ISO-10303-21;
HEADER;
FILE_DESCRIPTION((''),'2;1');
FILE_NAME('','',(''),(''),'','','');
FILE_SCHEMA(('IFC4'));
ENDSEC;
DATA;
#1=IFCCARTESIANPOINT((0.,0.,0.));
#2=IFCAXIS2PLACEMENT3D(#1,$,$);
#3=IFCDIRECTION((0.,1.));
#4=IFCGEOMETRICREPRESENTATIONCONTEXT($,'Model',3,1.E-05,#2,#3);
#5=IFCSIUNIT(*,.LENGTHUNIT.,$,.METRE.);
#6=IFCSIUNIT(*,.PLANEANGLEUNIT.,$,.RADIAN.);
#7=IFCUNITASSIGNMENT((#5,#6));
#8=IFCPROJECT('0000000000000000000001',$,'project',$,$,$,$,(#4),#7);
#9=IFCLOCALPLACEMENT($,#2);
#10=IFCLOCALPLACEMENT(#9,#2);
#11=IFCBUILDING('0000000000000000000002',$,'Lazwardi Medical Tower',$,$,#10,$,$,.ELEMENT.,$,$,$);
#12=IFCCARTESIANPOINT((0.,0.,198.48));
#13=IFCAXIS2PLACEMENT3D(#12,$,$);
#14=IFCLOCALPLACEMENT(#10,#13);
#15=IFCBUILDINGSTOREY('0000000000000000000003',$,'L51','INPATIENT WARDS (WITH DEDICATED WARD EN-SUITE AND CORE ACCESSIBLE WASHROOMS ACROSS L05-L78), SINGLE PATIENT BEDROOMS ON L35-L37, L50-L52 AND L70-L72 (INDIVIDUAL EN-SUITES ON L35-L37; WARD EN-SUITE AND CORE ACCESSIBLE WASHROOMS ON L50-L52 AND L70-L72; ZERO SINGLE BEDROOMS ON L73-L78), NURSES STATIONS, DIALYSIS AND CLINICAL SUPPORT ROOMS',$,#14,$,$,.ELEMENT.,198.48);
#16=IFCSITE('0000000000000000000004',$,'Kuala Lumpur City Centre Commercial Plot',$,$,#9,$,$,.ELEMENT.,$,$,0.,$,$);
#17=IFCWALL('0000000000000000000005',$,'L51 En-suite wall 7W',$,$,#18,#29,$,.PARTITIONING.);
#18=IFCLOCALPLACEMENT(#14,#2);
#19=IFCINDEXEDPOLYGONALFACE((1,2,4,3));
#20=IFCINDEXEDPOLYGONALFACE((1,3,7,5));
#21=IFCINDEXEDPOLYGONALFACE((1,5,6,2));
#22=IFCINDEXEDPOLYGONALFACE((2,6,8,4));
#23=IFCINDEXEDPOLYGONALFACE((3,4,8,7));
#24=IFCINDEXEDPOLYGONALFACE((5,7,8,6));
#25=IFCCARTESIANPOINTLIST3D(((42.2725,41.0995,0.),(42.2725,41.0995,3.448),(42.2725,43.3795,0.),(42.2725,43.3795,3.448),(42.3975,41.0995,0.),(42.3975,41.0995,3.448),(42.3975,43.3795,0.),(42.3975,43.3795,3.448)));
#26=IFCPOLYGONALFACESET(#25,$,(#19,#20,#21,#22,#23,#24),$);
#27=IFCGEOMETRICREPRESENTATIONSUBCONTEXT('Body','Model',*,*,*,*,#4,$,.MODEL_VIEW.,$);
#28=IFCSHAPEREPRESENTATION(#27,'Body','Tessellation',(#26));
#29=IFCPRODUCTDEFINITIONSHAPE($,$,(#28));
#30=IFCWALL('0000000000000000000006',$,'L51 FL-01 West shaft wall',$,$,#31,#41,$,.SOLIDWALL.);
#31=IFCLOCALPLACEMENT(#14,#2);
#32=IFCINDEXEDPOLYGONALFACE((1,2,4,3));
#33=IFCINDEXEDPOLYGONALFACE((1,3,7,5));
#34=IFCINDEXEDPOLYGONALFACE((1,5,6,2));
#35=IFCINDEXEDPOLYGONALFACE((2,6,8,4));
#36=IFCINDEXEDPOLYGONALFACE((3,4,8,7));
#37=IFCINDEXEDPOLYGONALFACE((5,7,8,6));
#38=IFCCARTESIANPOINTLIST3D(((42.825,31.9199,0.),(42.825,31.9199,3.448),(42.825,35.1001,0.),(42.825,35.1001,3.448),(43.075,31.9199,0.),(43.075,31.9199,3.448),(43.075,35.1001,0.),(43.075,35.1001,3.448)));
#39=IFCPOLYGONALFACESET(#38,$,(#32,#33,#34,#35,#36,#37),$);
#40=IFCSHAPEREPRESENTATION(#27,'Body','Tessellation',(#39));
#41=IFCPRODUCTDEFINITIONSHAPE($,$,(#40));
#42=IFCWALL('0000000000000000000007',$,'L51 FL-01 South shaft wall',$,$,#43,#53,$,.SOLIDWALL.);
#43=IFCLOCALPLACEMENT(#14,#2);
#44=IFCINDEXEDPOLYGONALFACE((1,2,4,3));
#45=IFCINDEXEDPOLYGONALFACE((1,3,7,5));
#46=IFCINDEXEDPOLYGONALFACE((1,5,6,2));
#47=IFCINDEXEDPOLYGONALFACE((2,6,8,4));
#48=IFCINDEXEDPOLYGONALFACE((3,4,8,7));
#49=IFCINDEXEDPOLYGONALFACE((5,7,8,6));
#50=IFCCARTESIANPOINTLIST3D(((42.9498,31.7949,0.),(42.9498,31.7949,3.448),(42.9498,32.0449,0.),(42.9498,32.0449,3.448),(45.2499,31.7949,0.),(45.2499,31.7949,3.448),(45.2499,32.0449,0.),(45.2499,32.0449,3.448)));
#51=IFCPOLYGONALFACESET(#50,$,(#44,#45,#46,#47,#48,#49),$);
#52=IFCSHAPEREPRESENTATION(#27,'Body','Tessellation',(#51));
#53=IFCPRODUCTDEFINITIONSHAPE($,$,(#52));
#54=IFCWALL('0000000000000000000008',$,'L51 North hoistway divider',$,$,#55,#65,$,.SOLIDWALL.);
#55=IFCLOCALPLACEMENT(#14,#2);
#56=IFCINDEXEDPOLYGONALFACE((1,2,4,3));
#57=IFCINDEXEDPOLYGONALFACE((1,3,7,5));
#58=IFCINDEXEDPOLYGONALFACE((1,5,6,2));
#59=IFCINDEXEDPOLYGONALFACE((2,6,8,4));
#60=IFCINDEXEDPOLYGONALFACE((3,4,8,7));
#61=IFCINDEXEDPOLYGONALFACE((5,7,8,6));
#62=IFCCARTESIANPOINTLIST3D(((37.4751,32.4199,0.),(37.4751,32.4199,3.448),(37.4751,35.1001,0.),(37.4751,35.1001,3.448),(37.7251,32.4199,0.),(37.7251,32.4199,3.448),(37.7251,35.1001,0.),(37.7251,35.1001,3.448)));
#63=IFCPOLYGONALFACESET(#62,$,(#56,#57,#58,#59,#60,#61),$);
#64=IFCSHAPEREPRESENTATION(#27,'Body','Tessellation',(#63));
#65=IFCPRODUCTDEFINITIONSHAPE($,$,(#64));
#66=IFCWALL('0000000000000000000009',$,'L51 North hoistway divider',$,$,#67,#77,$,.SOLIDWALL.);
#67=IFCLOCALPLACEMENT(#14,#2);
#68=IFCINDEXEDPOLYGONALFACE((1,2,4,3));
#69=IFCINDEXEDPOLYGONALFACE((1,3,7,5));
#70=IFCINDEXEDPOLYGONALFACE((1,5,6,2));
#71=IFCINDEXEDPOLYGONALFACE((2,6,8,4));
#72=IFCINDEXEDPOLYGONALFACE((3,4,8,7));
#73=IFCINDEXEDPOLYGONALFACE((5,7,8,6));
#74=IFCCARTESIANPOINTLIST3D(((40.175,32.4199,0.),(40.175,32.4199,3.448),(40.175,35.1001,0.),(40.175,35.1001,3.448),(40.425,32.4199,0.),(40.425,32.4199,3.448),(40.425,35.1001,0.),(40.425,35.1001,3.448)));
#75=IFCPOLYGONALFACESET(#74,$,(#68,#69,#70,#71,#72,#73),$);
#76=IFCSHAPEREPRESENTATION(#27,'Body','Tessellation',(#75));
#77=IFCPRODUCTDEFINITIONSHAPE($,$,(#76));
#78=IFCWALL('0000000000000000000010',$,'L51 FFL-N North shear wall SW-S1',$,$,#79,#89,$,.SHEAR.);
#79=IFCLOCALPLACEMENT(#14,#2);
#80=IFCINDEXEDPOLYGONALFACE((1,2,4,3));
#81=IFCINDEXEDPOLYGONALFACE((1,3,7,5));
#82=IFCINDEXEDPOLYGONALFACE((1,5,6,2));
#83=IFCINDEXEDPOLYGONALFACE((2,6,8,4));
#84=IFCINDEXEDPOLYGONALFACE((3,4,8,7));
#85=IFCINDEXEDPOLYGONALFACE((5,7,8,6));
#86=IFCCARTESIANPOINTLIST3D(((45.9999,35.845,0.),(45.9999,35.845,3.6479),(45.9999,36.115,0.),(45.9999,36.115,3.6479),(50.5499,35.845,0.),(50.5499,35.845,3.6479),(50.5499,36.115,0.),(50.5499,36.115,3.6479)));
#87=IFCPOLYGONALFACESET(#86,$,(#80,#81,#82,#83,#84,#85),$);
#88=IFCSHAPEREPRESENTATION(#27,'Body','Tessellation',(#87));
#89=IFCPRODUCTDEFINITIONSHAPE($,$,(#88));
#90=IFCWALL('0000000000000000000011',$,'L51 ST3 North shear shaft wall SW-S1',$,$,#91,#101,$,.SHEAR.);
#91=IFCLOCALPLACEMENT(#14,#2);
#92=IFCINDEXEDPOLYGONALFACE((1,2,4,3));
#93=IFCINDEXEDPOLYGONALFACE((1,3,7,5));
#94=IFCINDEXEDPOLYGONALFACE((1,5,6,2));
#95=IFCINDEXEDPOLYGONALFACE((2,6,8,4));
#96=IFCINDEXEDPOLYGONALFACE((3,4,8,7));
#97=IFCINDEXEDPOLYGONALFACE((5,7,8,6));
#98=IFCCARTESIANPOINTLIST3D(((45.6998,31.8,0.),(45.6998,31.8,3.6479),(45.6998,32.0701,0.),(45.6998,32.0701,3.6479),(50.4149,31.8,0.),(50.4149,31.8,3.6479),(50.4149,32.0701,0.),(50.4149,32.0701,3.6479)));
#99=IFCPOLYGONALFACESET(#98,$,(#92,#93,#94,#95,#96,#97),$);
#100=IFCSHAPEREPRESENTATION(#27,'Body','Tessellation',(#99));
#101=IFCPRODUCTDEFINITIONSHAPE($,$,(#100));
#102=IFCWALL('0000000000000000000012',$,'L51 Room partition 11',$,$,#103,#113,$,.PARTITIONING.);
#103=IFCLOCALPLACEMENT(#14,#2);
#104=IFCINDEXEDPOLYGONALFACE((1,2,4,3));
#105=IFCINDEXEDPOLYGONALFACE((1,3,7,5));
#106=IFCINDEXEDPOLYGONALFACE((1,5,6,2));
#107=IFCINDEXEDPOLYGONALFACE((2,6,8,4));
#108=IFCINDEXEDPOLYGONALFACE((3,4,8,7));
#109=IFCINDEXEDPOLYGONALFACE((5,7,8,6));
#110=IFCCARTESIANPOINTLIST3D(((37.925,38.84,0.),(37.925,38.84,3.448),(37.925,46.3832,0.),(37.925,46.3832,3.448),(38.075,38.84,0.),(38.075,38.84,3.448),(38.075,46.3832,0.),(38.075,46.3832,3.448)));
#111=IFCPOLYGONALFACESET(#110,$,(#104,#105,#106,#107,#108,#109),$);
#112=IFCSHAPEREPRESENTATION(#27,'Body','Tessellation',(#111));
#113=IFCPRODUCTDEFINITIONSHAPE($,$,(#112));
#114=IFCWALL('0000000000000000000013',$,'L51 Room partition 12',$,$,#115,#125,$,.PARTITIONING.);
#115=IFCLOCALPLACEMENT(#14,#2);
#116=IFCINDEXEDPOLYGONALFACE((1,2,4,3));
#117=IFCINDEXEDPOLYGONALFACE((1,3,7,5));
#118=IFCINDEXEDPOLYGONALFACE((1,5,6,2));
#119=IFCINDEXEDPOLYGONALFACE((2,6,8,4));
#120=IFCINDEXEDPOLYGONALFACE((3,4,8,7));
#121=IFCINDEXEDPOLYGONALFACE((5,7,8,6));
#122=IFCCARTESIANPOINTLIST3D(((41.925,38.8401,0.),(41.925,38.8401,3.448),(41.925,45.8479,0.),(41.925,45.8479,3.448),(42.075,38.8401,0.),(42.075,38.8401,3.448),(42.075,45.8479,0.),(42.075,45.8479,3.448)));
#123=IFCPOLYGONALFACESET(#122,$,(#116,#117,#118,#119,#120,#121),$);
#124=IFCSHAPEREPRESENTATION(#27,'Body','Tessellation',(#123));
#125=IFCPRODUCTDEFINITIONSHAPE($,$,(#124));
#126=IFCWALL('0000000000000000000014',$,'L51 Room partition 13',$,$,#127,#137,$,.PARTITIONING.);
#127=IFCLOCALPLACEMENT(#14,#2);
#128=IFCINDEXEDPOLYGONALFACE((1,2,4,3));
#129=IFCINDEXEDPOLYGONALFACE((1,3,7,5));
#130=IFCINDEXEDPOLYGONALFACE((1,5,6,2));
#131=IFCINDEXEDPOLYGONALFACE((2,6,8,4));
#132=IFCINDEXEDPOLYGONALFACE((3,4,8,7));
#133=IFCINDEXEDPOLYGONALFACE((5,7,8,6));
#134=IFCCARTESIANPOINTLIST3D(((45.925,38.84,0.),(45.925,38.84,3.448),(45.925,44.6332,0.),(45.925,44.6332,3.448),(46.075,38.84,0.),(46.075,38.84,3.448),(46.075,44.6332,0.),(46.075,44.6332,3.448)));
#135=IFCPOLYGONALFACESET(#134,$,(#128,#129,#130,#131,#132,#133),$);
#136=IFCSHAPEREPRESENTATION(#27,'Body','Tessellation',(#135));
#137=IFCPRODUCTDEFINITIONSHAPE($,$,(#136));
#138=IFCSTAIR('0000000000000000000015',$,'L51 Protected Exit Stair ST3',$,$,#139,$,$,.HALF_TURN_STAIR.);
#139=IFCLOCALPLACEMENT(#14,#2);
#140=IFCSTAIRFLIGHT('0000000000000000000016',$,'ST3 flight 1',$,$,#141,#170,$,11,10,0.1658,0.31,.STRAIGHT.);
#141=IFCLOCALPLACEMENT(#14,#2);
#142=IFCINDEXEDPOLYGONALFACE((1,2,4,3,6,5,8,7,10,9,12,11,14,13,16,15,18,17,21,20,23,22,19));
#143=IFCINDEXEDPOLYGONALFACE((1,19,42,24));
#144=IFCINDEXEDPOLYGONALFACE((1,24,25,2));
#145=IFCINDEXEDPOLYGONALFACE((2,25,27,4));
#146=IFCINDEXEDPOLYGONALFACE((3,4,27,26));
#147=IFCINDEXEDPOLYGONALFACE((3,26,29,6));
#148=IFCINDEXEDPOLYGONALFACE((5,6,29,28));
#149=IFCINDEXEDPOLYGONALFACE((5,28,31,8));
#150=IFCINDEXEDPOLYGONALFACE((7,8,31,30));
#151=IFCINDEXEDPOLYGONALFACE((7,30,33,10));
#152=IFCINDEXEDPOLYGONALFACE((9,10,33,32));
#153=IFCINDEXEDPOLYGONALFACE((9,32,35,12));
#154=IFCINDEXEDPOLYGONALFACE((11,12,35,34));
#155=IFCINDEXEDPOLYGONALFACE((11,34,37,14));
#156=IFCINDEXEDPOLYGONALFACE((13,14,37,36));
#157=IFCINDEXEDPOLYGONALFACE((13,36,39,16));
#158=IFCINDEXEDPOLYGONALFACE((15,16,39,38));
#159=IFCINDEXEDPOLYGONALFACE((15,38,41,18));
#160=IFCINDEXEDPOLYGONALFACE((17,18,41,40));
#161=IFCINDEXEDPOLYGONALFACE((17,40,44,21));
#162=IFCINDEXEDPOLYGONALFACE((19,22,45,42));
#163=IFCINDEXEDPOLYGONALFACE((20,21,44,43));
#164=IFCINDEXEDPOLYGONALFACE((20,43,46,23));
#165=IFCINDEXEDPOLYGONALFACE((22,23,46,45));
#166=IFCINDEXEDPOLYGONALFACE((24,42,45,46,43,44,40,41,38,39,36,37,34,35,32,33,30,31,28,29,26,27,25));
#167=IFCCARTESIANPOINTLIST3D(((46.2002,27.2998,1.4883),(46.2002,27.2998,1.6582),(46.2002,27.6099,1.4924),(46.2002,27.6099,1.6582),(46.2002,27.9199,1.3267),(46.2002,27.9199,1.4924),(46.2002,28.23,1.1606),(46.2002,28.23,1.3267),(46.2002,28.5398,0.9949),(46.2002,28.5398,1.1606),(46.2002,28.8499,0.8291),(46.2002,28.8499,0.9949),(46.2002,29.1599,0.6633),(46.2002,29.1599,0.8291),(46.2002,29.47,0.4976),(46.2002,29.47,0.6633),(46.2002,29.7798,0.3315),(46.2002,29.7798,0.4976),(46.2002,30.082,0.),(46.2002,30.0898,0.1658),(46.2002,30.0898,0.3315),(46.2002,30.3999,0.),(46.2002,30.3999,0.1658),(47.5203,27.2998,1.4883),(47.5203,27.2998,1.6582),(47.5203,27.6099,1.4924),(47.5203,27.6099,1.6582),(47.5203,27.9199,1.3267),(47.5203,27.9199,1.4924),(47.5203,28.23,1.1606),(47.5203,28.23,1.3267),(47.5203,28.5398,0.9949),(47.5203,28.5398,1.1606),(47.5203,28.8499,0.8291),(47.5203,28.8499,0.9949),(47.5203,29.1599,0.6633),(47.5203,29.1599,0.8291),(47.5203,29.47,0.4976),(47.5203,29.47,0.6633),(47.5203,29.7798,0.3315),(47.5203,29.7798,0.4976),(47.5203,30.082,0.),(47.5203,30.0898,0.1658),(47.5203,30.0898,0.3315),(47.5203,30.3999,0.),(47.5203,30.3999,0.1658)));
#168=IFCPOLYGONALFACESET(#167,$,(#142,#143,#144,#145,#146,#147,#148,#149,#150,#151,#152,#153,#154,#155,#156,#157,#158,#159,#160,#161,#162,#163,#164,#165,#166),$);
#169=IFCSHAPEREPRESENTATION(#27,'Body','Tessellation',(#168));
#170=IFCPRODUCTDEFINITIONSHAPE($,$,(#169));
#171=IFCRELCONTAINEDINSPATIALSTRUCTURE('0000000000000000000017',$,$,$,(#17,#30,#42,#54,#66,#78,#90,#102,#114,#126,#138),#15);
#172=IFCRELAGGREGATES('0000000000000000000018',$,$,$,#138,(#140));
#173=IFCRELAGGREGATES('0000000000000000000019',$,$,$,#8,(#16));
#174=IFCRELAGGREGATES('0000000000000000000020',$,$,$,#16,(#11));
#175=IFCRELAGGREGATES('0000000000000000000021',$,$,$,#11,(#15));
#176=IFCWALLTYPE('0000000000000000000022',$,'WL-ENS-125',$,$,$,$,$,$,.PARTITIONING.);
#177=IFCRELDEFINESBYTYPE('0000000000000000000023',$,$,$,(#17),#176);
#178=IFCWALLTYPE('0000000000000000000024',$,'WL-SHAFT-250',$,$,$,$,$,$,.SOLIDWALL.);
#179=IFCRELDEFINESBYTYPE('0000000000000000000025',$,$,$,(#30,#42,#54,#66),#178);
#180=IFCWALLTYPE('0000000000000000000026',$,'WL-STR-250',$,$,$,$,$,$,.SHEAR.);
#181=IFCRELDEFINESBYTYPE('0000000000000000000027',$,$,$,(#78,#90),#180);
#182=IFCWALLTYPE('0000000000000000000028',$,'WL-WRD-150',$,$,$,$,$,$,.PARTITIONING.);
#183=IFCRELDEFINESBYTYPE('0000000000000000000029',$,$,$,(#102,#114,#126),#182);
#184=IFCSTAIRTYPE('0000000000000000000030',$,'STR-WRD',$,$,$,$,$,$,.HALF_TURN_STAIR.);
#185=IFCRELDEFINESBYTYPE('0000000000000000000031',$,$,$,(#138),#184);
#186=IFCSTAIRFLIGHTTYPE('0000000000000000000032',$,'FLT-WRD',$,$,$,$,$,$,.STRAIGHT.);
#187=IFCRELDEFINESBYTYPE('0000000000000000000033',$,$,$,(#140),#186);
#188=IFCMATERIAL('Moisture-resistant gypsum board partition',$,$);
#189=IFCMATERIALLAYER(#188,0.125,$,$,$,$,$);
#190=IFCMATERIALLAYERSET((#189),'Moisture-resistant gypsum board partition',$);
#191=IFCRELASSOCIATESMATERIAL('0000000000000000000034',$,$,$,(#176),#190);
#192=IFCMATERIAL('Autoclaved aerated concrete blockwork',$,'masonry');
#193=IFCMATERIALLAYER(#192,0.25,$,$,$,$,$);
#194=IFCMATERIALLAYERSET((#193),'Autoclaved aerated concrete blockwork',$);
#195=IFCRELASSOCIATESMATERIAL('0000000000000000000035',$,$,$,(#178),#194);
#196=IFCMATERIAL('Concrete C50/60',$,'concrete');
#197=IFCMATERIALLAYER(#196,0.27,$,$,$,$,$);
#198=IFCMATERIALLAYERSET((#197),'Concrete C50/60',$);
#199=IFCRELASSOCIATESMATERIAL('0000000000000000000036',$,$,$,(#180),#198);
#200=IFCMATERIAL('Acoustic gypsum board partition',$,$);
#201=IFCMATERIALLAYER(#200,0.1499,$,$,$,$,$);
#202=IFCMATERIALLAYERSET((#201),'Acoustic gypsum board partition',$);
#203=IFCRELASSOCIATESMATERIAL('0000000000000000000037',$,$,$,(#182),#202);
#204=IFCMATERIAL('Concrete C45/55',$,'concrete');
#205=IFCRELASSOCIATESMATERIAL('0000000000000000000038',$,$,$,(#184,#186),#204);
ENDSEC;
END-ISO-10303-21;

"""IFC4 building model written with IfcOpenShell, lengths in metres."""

from ifc_helpers import new_model, si_unit, direction, frame, frame_2d, origin, place, context, subcontext, project, spatial, polyline, rectangle, outline, extrude, material, layer, layer_set, type_object, element, aggregate, save


model = new_model("IFC4")

# Units and contexts
model_context = context("Model", 3, precision=1e-05, world=origin(), true_north=direction((0.0, 1.0)))
body_context = subcontext(model_context, "Body", "Model", "MODEL_VIEW")
ifc_project = project(units=[si_unit("LENGTHUNIT", "METRE"), si_unit("PLANEANGLEUNIT", "RADIAN")], contexts=[model_context])

# Site, building, storey
site_placement = place(None, origin())
site = spatial("IfcSite", under=ifc_project, at=site_placement, Name="Kuala Lumpur City Centre Commercial Plot", CompositionType="ELEMENT", RefElevation=0.0)
building_placement = place(site_placement, origin())
building = spatial("IfcBuilding", under=site, at=building_placement, Name="Lazwardi Medical Tower", CompositionType="ELEMENT")
storey_placement = place(building_placement, frame((0.0, 0.0, 198.48)))
storey = spatial("IfcBuildingStorey", under=building, at=storey_placement, Name="L51", Description="INPATIENT WARDS (WITH DEDICATED WARD EN-SUITE AND CORE ACCESSIBLE WASHROOMS ACROSS L05-L78), SINGLE PATIENT BEDROOMS ON L35-L37, L50-L52 AND L70-L72 (INDIVIDUAL EN-SUITES ON L35-L37; WARD EN-SUITE AND CORE ACCESSIBLE WASHROOMS ON L50-L52 AND L70-L72; ZERO SINGLE BEDROOMS ON L73-L78), NURSES STATIONS, DIALYSIS AND CLINICAL SUPPORT ROOMS", CompositionType="ELEMENT", Elevation=198.48)

# Walls
ifc_material_1 = material(Name="Moisture-resistant gypsum board partition")
ifc_layer_1 = layer(ifc_material_1, 0.125)
ifc_layer_set_1 = layer_set([ifc_layer_1], Name="Moisture-resistant gypsum board partition")
wall_type_1 = type_object("IfcWallType", Name="WL-ENS-125", PredefinedType="PARTITIONING", material=ifc_layer_set_1)
for number, where, z_axis, x_axis, name in (
    (1, (42.335, 41.0994, 0.0), (0.0, 0.0, 1.0), (0.0, 1.0, 0.0), "L51 En-suite wall 7W"),
):
    element("IfcWall", number, at=place(storey_placement, frame(where, z_axis=z_axis, x_axis=x_axis)), inside=storey, type_object=wall_type_1, Name=name, PredefinedType="PARTITIONING", context=body_context, shape_type="SweptSolid", body=[
        extrude(rectangle(XDim=2.28, YDim=0.125, at=frame_2d((1.1401, 0.0))), origin(), (0.0, 0.0, 1.0), 3.448),
    ])
ifc_material_2 = material(Name="Autoclaved aerated concrete blockwork", Category="masonry")
ifc_layer_2 = layer(ifc_material_2, 0.25)
ifc_layer_set_2 = layer_set([ifc_layer_2], Name="Autoclaved aerated concrete blockwork")
wall_type_2 = type_object("IfcWallType", Name="WL-SHAFT-250", PredefinedType="SOLIDWALL", material=ifc_layer_set_2)
wall_1_placement = place(storey_placement, frame((42.95, 31.9199, 0.0), z_axis=(0.0, 0.0, 1.0), x_axis=(0.0, 1.0, 0.0)))
element("IfcWall", 2, at=wall_1_placement, inside=storey, type_object=wall_type_2, Name="L51 FL-01 West shaft wall", PredefinedType="SOLIDWALL", context=body_context, shape_type="SweptSolid", body=[
    extrude(rectangle(XDim=3.1802, YDim=0.25, at=frame_2d((1.5901, 0.0))), origin(), (0.0, 0.0, 1.0), 3.448),
])
wall_2_placement = place(storey_placement, frame((42.95, 31.9199, 0.0), z_axis=(0.0, 0.0, 1.0), x_axis=(1.0, 0.0, 0.0)))
element("IfcWall", 3, at=wall_2_placement, inside=storey, type_object=wall_type_2, Name="L51 FL-01 South shaft wall", PredefinedType="SOLIDWALL", context=body_context, shape_type="SweptSolid", body=[
    extrude(rectangle(XDim=2.3, YDim=0.25, at=frame_2d((1.1499, 0.0))), origin(), (0.0, 0.0, 1.0), 3.448),
])
for number, where, z_axis, x_axis, name in (
    (4, (37.6001, 32.4199, 0.0), (0.0, 0.0, 1.0), (0.0, 1.0, 0.0), "L51 North hoistway divider"),
    (5, (40.3, 32.4199, 0.0), (0.0, 0.0, 1.0), (0.0, 1.0, 0.0), "L51 North hoistway divider"),
):
    element("IfcWall", number, at=place(storey_placement, frame(where, z_axis=z_axis, x_axis=x_axis)), inside=storey, type_object=wall_type_2, Name=name, PredefinedType="SOLIDWALL", context=body_context, shape_type="SweptSolid", body=[
        extrude(rectangle(XDim=2.6802, YDim=0.25, at=frame_2d((1.3401, 0.0))), origin(), (0.0, 0.0, 1.0), 3.448),
    ])
ifc_material_3 = material(Name="Concrete C50/60", Category="concrete")
ifc_layer_3 = layer(ifc_material_3, 0.27)
ifc_layer_set_3 = layer_set([ifc_layer_3], Name="Concrete C50/60")
wall_type_3 = type_object("IfcWallType", Name="WL-STR-250", PredefinedType="SHEAR", material=ifc_layer_set_3)
wall_3_placement = place(storey_placement, frame((46.0, 35.98, 0.0), z_axis=(0.0, 0.0, 1.0), x_axis=(1.0, 0.0, 0.0)))
element("IfcWall", 6, at=wall_3_placement, inside=storey, type_object=wall_type_3, Name="L51 FFL-N North shear wall SW-S1", PredefinedType="SHEAR", context=body_context, shape_type="SweptSolid", body=[
    extrude(rectangle(XDim=4.55, YDim=0.27, at=frame_2d((2.2749, 0.0))), origin(), (0.0, 0.0, 1.0), 3.6479),
])
wall_4_placement = place(storey_placement, frame((45.7, 31.9351, 0.0), z_axis=(0.0, 0.0, 1.0), x_axis=(1.0, 0.0, 0.0)))
element("IfcWall", 7, at=wall_4_placement, inside=storey, type_object=wall_type_3, Name="L51 ST3 North shear shaft wall SW-S1", PredefinedType="SHEAR", context=body_context, shape_type="SweptSolid", body=[
    extrude(rectangle(XDim=4.7151, YDim=0.27, at=frame_2d((2.3574, 0.0))), origin(), (0.0, 0.0, 1.0), 3.6479),
])
ifc_material_4 = material(Name="Acoustic gypsum board partition")
ifc_layer_4 = layer(ifc_material_4, 0.1499)
ifc_layer_set_4 = layer_set([ifc_layer_4], Name="Acoustic gypsum board partition")
wall_type_4 = type_object("IfcWallType", Name="WL-WRD-150", PredefinedType="PARTITIONING", material=ifc_layer_set_4)
wall_5_placement = place(storey_placement, frame((38.0, 38.8401, 0.0), z_axis=(0.0, 0.0, 1.0), x_axis=(0.0, 1.0, 0.0)))
element("IfcWall", 8, at=wall_5_placement, inside=storey, type_object=wall_type_4, Name="L51 Room partition 11", PredefinedType="PARTITIONING", context=body_context, shape_type="SweptSolid", body=[
    extrude(rectangle(XDim=7.5432, YDim=0.1499, at=frame_2d((3.7715, 0.0))), origin(), (0.0, 0.0, 1.0), 3.448),
])
wall_6_placement = place(storey_placement, frame((42.0, 38.8401, 0.0), z_axis=(0.0, 0.0, 1.0), x_axis=(0.0, 1.0, 0.0)))
element("IfcWall", 9, at=wall_6_placement, inside=storey, type_object=wall_type_4, Name="L51 Room partition 12", PredefinedType="PARTITIONING", context=body_context, shape_type="SweptSolid", body=[
    extrude(rectangle(XDim=7.0078, YDim=0.1499, at=frame_2d((3.5039, 0.0))), origin(), (0.0, 0.0, 1.0), 3.448),
])
wall_7_placement = place(storey_placement, frame((46.0, 38.8401, 0.0), z_axis=(0.0, 0.0, 1.0), x_axis=(0.0, 1.0, 0.0)))
element("IfcWall", 10, at=wall_7_placement, inside=storey, type_object=wall_type_4, Name="L51 Room partition 13", PredefinedType="PARTITIONING", context=body_context, shape_type="SweptSolid", body=[
    extrude(rectangle(XDim=5.7932, YDim=0.1499, at=frame_2d((2.8965, 0.0))), origin(), (0.0, 0.0, 1.0), 3.448),
])

# Stair, stair flight
ifc_material_5 = material(Name="Concrete C45/55", Category="concrete")
stair_type = type_object("IfcStairType", Name="STR-WRD", PredefinedType="HALF_TURN_STAIR", material=ifc_material_5)
stair_placement = place(storey_placement, origin())
stair = element("IfcStair", 11, at=stair_placement, inside=storey, type_object=stair_type, Name="L51 Protected Exit Stair ST3", PredefinedType="HALF_TURN_STAIR")
stair_flight_type = type_object("IfcStairFlightType", Name="FLT-WRD", PredefinedType="STRAIGHT", material=ifc_material_5)
stair_flight_placement = place(storey_placement, frame((46.8601, 30.3999, 0.0), z_axis=(0.0, 0.0, 1.0), x_axis=(0.0, -1.0, 0.0)))
stair_flight = element("IfcStairFlight", 12, at=stair_flight_placement, type_object=stair_flight_type, Name="ST3 flight 1", NumberOfRisers=11, NumberOfTreads=10, PredefinedType="STRAIGHT", RiserHeight=0.1658, TreadLength=0.31, context=body_context, shape_type="SweptSolid", body=[
    extrude(outline(polyline([(0.0, 0.0), (0.0, 0.1658), (0.3101, 0.1658), (0.3101, 0.3315), (0.6201, 0.3315), (0.6201, 0.4976), (0.9299, 0.4976), (0.9299, 0.6633), (1.24, 0.6633), (1.24, 0.8291), (1.55, 0.8291), (1.55, 0.9949), (1.8601, 0.9949), (1.8601, 1.1606), (2.1699, 1.1606), (2.1699, 1.3267), (2.48, 1.3267), (2.48, 1.4924), (2.79, 1.4924), (2.79, 1.6582), (3.1001, 1.6582), (3.1001, 1.824), (3.1001, 1.4883), (0.3179, 0.0), (0.0, 0.0)])), frame((0.0, 0.6602, 0.0), z_axis=(0.0, -1.0, 0.0), x_axis=(1.0, 0.0, 0.0)), (0.0, 0.0, 1.0), 1.3201),
])
aggregate(stair, [stair_flight])

save(model, "model.ifc")
